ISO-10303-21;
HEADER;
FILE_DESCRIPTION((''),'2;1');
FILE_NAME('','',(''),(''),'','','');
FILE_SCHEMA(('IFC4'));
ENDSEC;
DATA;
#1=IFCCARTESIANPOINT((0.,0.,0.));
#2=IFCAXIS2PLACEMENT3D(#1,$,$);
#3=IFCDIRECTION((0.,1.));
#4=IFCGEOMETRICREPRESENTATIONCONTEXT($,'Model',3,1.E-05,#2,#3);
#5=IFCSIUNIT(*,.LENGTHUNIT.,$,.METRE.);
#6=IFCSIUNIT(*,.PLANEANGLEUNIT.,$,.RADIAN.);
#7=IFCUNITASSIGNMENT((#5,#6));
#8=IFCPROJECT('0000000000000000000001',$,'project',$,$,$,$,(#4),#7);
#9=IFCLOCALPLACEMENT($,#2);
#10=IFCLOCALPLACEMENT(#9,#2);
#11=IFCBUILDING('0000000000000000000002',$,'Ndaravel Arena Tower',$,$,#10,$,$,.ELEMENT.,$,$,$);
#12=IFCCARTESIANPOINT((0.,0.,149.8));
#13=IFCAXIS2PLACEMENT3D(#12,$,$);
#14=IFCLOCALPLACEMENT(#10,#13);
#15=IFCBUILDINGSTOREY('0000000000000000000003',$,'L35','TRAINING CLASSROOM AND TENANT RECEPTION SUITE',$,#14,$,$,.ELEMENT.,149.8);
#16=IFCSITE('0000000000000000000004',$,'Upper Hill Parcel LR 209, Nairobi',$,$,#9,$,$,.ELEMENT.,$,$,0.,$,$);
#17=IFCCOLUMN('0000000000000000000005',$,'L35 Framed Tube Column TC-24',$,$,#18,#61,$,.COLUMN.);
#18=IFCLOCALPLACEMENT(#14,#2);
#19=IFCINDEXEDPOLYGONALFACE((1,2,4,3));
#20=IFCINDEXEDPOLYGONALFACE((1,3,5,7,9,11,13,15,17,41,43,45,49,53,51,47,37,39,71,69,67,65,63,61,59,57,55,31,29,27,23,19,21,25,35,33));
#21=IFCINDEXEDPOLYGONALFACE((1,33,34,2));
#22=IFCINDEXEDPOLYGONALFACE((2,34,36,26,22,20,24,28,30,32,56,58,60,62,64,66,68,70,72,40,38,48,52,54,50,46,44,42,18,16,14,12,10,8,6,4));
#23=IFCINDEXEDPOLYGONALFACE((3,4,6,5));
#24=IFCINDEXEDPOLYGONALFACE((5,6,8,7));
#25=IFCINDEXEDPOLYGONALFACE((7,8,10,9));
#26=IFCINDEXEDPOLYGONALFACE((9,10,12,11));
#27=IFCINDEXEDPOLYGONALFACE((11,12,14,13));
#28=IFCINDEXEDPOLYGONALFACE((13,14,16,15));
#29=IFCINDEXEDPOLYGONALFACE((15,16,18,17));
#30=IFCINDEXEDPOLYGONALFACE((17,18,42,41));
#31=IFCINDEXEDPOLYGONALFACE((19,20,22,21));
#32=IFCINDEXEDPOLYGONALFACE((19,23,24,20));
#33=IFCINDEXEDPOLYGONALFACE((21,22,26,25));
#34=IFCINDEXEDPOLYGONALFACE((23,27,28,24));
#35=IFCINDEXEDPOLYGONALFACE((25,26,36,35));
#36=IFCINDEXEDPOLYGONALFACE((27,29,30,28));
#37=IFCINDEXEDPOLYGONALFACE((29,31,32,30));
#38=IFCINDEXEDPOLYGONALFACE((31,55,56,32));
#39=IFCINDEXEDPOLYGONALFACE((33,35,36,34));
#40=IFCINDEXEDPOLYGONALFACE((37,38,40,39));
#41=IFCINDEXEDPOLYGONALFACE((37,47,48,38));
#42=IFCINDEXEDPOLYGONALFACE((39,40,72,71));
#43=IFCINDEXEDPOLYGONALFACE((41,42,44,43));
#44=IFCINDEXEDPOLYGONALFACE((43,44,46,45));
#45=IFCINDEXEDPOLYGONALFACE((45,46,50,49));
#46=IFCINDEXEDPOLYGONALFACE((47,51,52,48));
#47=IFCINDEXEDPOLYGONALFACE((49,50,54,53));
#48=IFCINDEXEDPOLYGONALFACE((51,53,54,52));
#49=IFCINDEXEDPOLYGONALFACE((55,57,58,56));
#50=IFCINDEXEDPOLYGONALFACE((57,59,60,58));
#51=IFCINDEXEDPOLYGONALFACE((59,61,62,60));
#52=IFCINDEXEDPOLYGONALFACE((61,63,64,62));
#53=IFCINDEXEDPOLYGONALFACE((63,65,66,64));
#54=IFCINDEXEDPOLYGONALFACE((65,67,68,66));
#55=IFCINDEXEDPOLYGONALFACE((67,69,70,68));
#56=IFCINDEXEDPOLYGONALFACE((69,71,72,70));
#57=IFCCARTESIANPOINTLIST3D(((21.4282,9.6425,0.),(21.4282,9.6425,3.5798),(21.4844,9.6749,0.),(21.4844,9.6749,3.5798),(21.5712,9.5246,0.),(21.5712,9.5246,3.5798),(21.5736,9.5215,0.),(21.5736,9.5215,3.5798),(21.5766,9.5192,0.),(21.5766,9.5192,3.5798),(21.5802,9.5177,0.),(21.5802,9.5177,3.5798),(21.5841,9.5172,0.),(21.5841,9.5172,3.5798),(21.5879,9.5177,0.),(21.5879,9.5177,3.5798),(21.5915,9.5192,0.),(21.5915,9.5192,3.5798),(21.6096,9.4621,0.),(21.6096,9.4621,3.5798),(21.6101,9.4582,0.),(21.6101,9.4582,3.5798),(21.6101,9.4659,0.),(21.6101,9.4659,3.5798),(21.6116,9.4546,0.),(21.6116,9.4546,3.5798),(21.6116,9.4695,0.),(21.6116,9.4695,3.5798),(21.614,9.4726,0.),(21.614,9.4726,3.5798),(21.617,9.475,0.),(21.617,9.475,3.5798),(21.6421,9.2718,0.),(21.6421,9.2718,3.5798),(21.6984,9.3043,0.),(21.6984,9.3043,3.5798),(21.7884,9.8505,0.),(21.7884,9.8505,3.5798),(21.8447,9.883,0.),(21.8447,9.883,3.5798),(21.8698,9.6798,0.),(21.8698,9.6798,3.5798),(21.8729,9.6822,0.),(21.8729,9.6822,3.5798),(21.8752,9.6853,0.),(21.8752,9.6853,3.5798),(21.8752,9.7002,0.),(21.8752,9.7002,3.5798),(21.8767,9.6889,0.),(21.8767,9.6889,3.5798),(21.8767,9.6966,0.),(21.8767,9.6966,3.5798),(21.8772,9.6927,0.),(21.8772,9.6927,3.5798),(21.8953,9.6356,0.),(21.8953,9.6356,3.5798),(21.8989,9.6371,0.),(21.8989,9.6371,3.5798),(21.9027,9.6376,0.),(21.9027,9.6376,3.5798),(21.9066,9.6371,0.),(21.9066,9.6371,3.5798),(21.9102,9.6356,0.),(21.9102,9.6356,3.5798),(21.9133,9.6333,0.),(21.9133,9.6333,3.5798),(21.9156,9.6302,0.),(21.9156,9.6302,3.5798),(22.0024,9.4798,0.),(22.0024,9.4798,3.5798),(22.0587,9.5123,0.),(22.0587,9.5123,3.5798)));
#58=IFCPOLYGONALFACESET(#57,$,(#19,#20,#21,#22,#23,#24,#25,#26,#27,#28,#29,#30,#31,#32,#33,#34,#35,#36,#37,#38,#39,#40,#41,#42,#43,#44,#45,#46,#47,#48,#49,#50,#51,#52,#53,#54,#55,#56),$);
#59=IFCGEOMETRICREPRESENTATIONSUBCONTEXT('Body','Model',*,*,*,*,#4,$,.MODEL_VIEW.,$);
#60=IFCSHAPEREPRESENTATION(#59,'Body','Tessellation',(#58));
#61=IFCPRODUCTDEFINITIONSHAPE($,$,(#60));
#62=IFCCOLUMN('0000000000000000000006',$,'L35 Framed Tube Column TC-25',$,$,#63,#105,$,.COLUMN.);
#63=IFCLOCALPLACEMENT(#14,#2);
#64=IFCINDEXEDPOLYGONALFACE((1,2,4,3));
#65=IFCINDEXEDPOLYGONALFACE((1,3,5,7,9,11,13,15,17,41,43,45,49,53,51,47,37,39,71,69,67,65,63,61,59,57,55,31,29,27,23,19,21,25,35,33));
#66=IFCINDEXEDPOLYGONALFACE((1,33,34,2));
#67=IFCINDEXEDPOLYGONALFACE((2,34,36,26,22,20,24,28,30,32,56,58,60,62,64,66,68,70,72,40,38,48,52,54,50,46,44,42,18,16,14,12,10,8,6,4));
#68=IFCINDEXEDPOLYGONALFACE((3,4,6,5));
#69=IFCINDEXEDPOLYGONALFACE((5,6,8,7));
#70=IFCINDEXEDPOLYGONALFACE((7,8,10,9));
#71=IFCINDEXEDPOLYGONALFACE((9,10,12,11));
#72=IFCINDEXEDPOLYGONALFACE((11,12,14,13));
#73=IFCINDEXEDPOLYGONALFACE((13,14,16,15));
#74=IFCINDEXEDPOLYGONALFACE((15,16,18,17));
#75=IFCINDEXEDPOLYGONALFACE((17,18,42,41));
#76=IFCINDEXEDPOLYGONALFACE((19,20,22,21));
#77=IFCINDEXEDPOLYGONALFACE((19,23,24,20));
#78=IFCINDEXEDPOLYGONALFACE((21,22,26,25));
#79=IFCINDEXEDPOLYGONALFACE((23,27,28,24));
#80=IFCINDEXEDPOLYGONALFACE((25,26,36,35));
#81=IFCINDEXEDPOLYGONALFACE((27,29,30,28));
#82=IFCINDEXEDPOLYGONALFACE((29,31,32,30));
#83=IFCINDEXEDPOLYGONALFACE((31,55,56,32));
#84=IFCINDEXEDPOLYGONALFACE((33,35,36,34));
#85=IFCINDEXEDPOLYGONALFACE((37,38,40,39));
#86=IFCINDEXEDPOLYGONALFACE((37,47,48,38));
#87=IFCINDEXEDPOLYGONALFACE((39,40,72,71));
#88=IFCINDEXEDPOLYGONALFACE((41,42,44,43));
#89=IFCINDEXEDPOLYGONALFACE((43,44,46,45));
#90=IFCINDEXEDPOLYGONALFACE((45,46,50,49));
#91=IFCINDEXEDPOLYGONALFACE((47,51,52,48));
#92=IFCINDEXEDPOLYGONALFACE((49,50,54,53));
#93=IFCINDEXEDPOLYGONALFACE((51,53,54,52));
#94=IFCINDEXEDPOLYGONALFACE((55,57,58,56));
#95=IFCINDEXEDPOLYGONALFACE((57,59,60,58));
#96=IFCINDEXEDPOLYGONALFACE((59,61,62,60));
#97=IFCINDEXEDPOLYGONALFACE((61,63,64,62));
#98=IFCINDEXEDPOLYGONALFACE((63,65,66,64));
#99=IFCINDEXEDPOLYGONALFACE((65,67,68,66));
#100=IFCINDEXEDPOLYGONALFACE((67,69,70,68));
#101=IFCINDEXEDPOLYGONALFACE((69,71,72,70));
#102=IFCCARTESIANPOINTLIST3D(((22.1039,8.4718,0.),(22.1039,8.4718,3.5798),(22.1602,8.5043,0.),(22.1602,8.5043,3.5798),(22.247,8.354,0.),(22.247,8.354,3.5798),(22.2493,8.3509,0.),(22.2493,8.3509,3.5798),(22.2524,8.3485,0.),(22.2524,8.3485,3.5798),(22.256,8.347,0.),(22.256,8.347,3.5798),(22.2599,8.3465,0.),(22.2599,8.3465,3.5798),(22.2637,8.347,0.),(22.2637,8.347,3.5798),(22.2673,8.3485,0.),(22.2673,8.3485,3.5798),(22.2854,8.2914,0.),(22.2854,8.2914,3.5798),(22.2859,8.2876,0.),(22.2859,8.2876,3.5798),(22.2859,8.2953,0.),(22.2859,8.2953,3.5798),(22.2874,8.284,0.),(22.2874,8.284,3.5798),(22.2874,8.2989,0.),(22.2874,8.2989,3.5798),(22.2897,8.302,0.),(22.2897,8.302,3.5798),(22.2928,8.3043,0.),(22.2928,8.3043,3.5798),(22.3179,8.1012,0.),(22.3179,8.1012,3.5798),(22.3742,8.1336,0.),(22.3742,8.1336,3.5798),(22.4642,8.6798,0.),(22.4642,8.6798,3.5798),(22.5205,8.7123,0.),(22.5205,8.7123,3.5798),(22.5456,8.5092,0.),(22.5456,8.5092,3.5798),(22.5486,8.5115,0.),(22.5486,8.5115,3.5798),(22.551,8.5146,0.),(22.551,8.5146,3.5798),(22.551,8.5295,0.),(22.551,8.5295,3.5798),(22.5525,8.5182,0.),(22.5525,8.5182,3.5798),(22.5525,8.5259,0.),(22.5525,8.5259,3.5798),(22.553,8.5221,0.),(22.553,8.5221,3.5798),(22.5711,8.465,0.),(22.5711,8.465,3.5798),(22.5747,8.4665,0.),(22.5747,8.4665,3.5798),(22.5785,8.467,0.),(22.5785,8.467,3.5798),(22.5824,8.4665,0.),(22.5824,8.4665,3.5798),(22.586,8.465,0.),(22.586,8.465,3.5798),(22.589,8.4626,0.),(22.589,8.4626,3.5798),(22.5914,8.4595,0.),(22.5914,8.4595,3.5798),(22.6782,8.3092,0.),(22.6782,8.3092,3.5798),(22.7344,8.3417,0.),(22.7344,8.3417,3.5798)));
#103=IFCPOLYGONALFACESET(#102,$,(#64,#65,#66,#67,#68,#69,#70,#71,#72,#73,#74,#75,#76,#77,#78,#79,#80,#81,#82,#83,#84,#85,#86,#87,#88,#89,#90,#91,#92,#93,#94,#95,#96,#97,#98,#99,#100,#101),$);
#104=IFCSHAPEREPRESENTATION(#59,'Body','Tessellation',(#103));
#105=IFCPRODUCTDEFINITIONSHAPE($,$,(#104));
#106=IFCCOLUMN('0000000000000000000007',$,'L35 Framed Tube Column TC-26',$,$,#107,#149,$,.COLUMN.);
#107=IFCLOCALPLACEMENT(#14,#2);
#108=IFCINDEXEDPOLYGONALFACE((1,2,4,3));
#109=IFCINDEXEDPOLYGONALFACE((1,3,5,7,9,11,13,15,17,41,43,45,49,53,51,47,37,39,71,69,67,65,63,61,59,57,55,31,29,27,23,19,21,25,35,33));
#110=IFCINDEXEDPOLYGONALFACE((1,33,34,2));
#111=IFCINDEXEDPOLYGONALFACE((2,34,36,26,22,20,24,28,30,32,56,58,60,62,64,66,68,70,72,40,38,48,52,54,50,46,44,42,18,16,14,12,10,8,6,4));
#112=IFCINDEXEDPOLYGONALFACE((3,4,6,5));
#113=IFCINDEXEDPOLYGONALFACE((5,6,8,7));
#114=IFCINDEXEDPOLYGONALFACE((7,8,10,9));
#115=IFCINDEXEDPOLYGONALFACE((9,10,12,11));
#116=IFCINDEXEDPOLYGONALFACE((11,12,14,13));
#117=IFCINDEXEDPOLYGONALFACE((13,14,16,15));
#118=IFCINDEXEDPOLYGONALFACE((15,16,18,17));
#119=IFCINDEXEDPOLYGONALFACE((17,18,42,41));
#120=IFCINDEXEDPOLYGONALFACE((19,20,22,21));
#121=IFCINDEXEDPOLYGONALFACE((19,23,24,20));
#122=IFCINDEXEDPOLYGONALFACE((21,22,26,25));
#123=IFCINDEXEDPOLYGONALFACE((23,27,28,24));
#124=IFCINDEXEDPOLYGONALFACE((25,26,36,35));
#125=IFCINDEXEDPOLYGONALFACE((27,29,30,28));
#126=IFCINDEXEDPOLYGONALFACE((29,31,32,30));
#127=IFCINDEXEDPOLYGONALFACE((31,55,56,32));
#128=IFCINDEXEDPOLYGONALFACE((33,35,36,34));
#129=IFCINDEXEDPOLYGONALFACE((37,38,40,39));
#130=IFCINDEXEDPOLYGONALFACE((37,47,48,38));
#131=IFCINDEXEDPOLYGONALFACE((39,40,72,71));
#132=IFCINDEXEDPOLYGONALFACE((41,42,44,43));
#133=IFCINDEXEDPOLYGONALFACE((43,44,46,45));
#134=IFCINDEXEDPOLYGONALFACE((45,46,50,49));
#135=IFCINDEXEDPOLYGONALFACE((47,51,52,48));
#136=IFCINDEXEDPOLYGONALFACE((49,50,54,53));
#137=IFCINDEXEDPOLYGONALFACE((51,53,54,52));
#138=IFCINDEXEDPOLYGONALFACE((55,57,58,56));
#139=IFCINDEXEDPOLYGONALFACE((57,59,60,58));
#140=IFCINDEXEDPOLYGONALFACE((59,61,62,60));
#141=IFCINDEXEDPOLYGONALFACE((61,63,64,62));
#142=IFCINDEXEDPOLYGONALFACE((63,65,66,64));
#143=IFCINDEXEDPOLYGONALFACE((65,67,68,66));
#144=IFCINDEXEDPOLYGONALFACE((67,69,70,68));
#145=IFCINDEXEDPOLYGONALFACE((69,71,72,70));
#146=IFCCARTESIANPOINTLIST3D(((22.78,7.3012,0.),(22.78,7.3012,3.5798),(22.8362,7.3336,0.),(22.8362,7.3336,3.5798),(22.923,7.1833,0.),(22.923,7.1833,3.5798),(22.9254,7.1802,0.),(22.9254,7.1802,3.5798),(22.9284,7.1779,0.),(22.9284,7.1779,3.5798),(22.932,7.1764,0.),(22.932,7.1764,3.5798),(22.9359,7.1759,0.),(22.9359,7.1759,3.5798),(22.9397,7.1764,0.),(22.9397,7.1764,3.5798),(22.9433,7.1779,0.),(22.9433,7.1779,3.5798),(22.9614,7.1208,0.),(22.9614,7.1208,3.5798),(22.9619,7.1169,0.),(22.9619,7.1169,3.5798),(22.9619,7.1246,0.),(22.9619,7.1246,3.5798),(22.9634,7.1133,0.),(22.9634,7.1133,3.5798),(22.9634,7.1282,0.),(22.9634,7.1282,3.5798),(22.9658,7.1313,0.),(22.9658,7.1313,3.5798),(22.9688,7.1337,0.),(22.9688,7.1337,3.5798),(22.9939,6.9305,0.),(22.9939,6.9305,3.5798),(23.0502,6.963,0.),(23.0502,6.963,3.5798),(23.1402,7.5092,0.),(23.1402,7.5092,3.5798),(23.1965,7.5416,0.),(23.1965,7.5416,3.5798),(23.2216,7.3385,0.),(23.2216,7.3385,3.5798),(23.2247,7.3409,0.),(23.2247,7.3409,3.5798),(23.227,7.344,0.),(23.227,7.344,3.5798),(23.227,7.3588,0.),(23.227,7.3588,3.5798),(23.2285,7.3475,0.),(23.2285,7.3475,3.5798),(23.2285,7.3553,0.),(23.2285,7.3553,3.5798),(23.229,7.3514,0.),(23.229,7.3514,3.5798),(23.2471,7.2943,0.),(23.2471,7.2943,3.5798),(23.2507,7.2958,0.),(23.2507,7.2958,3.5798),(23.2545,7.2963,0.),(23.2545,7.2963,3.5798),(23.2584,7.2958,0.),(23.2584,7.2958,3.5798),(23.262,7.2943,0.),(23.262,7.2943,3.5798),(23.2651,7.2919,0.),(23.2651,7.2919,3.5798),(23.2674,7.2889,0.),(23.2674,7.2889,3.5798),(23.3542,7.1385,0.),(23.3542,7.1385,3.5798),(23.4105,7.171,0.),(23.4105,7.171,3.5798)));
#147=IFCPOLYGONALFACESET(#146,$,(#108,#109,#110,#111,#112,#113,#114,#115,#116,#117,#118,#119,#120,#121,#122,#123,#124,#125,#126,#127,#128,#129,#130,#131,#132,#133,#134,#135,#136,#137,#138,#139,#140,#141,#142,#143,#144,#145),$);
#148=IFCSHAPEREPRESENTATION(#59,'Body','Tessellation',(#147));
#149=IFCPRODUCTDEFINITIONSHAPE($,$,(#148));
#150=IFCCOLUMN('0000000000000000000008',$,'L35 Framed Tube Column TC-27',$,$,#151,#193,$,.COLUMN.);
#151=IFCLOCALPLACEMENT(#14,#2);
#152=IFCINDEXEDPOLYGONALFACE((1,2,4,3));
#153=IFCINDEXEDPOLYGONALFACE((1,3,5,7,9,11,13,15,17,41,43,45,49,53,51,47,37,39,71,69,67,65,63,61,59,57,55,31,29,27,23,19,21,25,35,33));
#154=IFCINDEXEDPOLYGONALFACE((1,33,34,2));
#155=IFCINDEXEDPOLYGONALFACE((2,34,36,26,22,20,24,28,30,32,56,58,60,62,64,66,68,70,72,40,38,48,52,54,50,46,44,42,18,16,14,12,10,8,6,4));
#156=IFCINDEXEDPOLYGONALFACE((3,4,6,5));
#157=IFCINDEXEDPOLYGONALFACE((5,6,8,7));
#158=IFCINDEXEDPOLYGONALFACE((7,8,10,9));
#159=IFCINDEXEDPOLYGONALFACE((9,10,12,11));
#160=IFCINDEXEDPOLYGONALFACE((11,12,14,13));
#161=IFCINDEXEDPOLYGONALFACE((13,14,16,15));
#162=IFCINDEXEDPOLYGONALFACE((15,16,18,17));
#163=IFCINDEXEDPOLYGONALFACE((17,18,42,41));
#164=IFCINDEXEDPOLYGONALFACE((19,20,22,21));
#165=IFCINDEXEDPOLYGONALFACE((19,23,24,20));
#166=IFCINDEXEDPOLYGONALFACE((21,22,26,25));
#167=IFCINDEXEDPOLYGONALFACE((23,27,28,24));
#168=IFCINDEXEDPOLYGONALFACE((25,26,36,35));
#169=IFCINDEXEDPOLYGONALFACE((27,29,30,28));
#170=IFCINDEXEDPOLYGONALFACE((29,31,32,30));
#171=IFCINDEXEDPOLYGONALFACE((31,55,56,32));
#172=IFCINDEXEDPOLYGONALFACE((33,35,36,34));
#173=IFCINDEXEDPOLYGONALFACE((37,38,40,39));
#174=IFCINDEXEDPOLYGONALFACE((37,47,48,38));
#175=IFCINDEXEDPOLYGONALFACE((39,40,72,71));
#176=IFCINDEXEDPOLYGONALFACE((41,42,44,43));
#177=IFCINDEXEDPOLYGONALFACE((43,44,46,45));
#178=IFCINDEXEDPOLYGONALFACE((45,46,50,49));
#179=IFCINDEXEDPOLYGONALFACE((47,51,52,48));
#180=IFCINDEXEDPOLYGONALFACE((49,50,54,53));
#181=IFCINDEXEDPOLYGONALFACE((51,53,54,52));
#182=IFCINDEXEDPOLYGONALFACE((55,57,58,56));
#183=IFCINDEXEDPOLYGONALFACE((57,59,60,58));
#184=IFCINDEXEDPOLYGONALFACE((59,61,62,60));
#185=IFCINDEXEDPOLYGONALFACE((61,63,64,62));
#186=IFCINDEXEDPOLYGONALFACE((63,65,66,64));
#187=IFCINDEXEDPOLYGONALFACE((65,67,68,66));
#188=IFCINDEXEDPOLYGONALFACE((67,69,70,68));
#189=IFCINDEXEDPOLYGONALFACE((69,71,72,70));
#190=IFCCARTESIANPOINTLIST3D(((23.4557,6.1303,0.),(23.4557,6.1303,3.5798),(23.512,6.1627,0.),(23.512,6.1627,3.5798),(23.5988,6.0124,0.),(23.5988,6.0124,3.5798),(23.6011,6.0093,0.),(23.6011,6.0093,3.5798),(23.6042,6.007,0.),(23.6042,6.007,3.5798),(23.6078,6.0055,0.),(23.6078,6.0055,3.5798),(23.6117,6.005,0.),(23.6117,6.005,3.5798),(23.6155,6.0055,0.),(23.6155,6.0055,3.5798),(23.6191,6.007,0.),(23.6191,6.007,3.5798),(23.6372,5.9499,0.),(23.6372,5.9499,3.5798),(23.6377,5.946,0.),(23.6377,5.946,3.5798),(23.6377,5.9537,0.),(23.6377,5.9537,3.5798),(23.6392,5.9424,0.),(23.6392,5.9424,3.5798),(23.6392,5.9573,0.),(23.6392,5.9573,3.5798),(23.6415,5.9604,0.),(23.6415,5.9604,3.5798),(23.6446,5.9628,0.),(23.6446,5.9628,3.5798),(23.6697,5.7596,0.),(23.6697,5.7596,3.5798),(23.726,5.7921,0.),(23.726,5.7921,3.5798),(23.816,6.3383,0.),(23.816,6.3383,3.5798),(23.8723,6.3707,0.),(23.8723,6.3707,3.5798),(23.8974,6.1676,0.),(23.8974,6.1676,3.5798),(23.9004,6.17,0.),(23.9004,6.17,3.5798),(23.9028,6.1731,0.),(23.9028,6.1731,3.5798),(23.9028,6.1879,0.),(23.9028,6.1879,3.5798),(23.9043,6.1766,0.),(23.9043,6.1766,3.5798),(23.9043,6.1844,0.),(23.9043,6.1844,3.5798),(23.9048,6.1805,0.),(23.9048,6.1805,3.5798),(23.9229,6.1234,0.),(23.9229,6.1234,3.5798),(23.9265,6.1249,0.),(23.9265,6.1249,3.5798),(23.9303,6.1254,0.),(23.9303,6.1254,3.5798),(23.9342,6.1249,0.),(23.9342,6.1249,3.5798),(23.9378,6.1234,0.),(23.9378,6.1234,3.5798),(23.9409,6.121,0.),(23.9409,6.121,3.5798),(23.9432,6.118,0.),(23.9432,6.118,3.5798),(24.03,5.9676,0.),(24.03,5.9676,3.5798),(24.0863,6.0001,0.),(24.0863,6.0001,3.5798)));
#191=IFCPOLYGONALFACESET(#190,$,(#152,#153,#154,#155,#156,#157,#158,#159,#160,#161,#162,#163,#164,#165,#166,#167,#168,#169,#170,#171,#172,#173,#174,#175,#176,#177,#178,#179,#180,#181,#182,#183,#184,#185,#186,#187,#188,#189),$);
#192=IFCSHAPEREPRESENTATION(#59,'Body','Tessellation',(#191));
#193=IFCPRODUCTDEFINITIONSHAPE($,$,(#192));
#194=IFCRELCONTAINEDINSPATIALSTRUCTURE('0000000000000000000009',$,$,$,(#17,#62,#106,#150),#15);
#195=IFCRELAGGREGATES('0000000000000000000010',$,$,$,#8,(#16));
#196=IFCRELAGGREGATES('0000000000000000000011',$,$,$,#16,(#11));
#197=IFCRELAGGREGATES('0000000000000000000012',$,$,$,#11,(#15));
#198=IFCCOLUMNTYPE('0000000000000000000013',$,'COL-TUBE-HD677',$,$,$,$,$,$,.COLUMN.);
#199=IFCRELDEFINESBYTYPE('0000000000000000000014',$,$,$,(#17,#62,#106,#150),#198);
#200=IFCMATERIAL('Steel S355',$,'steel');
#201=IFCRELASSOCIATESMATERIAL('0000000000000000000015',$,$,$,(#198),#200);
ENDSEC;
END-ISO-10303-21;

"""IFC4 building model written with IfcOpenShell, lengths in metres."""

from ifc_helpers import new_model, si_unit, direction, frame, origin, origin_2d, place, context, subcontext, project, spatial, i_section, extrude, material, material_profile, profile_set, type_object, element, save


model = new_model("IFC4")

# Units and contexts
model_context = context("Model", 3, precision=1e-05, world=origin(), true_north=direction((0.0, 1.0)))
body_context = subcontext(model_context, "Body", "Model", "MODEL_VIEW")
ifc_project = project(units=[si_unit("LENGTHUNIT", "METRE"), si_unit("PLANEANGLEUNIT", "RADIAN")], contexts=[model_context])

# Site, building, storey
site_placement = place(None, origin())
site = spatial("IfcSite", under=ifc_project, at=site_placement, Name="Upper Hill Parcel LR 209, Nairobi", CompositionType="ELEMENT", RefElevation=0.0)
building_placement = place(site_placement, origin())
building = spatial("IfcBuilding", under=site, at=building_placement, Name="Ndaravel Arena Tower", CompositionType="ELEMENT")
storey_placement = place(building_placement, frame((0.0, 0.0, 149.8)))
storey = spatial("IfcBuildingStorey", under=building, at=storey_placement, Name="L35", Description="TRAINING CLASSROOM AND TENANT RECEPTION SUITE", CompositionType="ELEMENT", Elevation=149.8)

# Columns
ifc_material_1 = material(Name="Steel S355", Category="steel")
ifc_material_profile_1 = material_profile(ifc_material_1, i_section(OverallWidth=0.428, OverallDepth=0.481, WebThickness=0.051, FlangeThickness=0.0649, FilletRadius=0.0149, at=origin_2d()), Name="HD 400x677")
ifc_profile_set_1 = profile_set([ifc_material_profile_1], Name="Steel S355")
column_type = type_object("IfcColumnType", Name="COL-TUBE-HD677", PredefinedType="COLUMN", material=ifc_profile_set_1)
for number, where, z_axis, x_axis, name in (
    (1, (21.7434, 9.5774, 0.0), (0.0, 0.0, 1.0), (-0.5, 0.866025, 0.0), "L35 Framed Tube Column TC-24"),
    (2, (22.4192, 8.4067, 0.0), (0.0, 0.0, 1.0), (-0.5, 0.866025, 0.0), "L35 Framed Tube Column TC-25"),
    (3, (23.0952, 7.2361, 0.0), (0.0, 0.0, 1.0), (-0.5, 0.866025, 0.0), "L35 Framed Tube Column TC-26"),
    (4, (23.771, 6.0652, 0.0), (0.0, 0.0, 1.0), (-0.5, 0.866025, 0.0), "L35 Framed Tube Column TC-27"),
):
    element("IfcColumn", number, at=place(storey_placement, frame(where, z_axis=z_axis, x_axis=x_axis)), inside=storey, type_object=column_type, Name=name, PredefinedType="COLUMN", context=body_context, shape_type="SweptSolid", body=[
        extrude(i_section(OverallWidth=0.428, OverallDepth=0.481, WebThickness=0.051, FlangeThickness=0.0649, FilletRadius=0.0149, at=origin_2d()), origin(), (0.0, 0.0, 1.0), 3.5798),
    ])

save(model, "model.ifc")
